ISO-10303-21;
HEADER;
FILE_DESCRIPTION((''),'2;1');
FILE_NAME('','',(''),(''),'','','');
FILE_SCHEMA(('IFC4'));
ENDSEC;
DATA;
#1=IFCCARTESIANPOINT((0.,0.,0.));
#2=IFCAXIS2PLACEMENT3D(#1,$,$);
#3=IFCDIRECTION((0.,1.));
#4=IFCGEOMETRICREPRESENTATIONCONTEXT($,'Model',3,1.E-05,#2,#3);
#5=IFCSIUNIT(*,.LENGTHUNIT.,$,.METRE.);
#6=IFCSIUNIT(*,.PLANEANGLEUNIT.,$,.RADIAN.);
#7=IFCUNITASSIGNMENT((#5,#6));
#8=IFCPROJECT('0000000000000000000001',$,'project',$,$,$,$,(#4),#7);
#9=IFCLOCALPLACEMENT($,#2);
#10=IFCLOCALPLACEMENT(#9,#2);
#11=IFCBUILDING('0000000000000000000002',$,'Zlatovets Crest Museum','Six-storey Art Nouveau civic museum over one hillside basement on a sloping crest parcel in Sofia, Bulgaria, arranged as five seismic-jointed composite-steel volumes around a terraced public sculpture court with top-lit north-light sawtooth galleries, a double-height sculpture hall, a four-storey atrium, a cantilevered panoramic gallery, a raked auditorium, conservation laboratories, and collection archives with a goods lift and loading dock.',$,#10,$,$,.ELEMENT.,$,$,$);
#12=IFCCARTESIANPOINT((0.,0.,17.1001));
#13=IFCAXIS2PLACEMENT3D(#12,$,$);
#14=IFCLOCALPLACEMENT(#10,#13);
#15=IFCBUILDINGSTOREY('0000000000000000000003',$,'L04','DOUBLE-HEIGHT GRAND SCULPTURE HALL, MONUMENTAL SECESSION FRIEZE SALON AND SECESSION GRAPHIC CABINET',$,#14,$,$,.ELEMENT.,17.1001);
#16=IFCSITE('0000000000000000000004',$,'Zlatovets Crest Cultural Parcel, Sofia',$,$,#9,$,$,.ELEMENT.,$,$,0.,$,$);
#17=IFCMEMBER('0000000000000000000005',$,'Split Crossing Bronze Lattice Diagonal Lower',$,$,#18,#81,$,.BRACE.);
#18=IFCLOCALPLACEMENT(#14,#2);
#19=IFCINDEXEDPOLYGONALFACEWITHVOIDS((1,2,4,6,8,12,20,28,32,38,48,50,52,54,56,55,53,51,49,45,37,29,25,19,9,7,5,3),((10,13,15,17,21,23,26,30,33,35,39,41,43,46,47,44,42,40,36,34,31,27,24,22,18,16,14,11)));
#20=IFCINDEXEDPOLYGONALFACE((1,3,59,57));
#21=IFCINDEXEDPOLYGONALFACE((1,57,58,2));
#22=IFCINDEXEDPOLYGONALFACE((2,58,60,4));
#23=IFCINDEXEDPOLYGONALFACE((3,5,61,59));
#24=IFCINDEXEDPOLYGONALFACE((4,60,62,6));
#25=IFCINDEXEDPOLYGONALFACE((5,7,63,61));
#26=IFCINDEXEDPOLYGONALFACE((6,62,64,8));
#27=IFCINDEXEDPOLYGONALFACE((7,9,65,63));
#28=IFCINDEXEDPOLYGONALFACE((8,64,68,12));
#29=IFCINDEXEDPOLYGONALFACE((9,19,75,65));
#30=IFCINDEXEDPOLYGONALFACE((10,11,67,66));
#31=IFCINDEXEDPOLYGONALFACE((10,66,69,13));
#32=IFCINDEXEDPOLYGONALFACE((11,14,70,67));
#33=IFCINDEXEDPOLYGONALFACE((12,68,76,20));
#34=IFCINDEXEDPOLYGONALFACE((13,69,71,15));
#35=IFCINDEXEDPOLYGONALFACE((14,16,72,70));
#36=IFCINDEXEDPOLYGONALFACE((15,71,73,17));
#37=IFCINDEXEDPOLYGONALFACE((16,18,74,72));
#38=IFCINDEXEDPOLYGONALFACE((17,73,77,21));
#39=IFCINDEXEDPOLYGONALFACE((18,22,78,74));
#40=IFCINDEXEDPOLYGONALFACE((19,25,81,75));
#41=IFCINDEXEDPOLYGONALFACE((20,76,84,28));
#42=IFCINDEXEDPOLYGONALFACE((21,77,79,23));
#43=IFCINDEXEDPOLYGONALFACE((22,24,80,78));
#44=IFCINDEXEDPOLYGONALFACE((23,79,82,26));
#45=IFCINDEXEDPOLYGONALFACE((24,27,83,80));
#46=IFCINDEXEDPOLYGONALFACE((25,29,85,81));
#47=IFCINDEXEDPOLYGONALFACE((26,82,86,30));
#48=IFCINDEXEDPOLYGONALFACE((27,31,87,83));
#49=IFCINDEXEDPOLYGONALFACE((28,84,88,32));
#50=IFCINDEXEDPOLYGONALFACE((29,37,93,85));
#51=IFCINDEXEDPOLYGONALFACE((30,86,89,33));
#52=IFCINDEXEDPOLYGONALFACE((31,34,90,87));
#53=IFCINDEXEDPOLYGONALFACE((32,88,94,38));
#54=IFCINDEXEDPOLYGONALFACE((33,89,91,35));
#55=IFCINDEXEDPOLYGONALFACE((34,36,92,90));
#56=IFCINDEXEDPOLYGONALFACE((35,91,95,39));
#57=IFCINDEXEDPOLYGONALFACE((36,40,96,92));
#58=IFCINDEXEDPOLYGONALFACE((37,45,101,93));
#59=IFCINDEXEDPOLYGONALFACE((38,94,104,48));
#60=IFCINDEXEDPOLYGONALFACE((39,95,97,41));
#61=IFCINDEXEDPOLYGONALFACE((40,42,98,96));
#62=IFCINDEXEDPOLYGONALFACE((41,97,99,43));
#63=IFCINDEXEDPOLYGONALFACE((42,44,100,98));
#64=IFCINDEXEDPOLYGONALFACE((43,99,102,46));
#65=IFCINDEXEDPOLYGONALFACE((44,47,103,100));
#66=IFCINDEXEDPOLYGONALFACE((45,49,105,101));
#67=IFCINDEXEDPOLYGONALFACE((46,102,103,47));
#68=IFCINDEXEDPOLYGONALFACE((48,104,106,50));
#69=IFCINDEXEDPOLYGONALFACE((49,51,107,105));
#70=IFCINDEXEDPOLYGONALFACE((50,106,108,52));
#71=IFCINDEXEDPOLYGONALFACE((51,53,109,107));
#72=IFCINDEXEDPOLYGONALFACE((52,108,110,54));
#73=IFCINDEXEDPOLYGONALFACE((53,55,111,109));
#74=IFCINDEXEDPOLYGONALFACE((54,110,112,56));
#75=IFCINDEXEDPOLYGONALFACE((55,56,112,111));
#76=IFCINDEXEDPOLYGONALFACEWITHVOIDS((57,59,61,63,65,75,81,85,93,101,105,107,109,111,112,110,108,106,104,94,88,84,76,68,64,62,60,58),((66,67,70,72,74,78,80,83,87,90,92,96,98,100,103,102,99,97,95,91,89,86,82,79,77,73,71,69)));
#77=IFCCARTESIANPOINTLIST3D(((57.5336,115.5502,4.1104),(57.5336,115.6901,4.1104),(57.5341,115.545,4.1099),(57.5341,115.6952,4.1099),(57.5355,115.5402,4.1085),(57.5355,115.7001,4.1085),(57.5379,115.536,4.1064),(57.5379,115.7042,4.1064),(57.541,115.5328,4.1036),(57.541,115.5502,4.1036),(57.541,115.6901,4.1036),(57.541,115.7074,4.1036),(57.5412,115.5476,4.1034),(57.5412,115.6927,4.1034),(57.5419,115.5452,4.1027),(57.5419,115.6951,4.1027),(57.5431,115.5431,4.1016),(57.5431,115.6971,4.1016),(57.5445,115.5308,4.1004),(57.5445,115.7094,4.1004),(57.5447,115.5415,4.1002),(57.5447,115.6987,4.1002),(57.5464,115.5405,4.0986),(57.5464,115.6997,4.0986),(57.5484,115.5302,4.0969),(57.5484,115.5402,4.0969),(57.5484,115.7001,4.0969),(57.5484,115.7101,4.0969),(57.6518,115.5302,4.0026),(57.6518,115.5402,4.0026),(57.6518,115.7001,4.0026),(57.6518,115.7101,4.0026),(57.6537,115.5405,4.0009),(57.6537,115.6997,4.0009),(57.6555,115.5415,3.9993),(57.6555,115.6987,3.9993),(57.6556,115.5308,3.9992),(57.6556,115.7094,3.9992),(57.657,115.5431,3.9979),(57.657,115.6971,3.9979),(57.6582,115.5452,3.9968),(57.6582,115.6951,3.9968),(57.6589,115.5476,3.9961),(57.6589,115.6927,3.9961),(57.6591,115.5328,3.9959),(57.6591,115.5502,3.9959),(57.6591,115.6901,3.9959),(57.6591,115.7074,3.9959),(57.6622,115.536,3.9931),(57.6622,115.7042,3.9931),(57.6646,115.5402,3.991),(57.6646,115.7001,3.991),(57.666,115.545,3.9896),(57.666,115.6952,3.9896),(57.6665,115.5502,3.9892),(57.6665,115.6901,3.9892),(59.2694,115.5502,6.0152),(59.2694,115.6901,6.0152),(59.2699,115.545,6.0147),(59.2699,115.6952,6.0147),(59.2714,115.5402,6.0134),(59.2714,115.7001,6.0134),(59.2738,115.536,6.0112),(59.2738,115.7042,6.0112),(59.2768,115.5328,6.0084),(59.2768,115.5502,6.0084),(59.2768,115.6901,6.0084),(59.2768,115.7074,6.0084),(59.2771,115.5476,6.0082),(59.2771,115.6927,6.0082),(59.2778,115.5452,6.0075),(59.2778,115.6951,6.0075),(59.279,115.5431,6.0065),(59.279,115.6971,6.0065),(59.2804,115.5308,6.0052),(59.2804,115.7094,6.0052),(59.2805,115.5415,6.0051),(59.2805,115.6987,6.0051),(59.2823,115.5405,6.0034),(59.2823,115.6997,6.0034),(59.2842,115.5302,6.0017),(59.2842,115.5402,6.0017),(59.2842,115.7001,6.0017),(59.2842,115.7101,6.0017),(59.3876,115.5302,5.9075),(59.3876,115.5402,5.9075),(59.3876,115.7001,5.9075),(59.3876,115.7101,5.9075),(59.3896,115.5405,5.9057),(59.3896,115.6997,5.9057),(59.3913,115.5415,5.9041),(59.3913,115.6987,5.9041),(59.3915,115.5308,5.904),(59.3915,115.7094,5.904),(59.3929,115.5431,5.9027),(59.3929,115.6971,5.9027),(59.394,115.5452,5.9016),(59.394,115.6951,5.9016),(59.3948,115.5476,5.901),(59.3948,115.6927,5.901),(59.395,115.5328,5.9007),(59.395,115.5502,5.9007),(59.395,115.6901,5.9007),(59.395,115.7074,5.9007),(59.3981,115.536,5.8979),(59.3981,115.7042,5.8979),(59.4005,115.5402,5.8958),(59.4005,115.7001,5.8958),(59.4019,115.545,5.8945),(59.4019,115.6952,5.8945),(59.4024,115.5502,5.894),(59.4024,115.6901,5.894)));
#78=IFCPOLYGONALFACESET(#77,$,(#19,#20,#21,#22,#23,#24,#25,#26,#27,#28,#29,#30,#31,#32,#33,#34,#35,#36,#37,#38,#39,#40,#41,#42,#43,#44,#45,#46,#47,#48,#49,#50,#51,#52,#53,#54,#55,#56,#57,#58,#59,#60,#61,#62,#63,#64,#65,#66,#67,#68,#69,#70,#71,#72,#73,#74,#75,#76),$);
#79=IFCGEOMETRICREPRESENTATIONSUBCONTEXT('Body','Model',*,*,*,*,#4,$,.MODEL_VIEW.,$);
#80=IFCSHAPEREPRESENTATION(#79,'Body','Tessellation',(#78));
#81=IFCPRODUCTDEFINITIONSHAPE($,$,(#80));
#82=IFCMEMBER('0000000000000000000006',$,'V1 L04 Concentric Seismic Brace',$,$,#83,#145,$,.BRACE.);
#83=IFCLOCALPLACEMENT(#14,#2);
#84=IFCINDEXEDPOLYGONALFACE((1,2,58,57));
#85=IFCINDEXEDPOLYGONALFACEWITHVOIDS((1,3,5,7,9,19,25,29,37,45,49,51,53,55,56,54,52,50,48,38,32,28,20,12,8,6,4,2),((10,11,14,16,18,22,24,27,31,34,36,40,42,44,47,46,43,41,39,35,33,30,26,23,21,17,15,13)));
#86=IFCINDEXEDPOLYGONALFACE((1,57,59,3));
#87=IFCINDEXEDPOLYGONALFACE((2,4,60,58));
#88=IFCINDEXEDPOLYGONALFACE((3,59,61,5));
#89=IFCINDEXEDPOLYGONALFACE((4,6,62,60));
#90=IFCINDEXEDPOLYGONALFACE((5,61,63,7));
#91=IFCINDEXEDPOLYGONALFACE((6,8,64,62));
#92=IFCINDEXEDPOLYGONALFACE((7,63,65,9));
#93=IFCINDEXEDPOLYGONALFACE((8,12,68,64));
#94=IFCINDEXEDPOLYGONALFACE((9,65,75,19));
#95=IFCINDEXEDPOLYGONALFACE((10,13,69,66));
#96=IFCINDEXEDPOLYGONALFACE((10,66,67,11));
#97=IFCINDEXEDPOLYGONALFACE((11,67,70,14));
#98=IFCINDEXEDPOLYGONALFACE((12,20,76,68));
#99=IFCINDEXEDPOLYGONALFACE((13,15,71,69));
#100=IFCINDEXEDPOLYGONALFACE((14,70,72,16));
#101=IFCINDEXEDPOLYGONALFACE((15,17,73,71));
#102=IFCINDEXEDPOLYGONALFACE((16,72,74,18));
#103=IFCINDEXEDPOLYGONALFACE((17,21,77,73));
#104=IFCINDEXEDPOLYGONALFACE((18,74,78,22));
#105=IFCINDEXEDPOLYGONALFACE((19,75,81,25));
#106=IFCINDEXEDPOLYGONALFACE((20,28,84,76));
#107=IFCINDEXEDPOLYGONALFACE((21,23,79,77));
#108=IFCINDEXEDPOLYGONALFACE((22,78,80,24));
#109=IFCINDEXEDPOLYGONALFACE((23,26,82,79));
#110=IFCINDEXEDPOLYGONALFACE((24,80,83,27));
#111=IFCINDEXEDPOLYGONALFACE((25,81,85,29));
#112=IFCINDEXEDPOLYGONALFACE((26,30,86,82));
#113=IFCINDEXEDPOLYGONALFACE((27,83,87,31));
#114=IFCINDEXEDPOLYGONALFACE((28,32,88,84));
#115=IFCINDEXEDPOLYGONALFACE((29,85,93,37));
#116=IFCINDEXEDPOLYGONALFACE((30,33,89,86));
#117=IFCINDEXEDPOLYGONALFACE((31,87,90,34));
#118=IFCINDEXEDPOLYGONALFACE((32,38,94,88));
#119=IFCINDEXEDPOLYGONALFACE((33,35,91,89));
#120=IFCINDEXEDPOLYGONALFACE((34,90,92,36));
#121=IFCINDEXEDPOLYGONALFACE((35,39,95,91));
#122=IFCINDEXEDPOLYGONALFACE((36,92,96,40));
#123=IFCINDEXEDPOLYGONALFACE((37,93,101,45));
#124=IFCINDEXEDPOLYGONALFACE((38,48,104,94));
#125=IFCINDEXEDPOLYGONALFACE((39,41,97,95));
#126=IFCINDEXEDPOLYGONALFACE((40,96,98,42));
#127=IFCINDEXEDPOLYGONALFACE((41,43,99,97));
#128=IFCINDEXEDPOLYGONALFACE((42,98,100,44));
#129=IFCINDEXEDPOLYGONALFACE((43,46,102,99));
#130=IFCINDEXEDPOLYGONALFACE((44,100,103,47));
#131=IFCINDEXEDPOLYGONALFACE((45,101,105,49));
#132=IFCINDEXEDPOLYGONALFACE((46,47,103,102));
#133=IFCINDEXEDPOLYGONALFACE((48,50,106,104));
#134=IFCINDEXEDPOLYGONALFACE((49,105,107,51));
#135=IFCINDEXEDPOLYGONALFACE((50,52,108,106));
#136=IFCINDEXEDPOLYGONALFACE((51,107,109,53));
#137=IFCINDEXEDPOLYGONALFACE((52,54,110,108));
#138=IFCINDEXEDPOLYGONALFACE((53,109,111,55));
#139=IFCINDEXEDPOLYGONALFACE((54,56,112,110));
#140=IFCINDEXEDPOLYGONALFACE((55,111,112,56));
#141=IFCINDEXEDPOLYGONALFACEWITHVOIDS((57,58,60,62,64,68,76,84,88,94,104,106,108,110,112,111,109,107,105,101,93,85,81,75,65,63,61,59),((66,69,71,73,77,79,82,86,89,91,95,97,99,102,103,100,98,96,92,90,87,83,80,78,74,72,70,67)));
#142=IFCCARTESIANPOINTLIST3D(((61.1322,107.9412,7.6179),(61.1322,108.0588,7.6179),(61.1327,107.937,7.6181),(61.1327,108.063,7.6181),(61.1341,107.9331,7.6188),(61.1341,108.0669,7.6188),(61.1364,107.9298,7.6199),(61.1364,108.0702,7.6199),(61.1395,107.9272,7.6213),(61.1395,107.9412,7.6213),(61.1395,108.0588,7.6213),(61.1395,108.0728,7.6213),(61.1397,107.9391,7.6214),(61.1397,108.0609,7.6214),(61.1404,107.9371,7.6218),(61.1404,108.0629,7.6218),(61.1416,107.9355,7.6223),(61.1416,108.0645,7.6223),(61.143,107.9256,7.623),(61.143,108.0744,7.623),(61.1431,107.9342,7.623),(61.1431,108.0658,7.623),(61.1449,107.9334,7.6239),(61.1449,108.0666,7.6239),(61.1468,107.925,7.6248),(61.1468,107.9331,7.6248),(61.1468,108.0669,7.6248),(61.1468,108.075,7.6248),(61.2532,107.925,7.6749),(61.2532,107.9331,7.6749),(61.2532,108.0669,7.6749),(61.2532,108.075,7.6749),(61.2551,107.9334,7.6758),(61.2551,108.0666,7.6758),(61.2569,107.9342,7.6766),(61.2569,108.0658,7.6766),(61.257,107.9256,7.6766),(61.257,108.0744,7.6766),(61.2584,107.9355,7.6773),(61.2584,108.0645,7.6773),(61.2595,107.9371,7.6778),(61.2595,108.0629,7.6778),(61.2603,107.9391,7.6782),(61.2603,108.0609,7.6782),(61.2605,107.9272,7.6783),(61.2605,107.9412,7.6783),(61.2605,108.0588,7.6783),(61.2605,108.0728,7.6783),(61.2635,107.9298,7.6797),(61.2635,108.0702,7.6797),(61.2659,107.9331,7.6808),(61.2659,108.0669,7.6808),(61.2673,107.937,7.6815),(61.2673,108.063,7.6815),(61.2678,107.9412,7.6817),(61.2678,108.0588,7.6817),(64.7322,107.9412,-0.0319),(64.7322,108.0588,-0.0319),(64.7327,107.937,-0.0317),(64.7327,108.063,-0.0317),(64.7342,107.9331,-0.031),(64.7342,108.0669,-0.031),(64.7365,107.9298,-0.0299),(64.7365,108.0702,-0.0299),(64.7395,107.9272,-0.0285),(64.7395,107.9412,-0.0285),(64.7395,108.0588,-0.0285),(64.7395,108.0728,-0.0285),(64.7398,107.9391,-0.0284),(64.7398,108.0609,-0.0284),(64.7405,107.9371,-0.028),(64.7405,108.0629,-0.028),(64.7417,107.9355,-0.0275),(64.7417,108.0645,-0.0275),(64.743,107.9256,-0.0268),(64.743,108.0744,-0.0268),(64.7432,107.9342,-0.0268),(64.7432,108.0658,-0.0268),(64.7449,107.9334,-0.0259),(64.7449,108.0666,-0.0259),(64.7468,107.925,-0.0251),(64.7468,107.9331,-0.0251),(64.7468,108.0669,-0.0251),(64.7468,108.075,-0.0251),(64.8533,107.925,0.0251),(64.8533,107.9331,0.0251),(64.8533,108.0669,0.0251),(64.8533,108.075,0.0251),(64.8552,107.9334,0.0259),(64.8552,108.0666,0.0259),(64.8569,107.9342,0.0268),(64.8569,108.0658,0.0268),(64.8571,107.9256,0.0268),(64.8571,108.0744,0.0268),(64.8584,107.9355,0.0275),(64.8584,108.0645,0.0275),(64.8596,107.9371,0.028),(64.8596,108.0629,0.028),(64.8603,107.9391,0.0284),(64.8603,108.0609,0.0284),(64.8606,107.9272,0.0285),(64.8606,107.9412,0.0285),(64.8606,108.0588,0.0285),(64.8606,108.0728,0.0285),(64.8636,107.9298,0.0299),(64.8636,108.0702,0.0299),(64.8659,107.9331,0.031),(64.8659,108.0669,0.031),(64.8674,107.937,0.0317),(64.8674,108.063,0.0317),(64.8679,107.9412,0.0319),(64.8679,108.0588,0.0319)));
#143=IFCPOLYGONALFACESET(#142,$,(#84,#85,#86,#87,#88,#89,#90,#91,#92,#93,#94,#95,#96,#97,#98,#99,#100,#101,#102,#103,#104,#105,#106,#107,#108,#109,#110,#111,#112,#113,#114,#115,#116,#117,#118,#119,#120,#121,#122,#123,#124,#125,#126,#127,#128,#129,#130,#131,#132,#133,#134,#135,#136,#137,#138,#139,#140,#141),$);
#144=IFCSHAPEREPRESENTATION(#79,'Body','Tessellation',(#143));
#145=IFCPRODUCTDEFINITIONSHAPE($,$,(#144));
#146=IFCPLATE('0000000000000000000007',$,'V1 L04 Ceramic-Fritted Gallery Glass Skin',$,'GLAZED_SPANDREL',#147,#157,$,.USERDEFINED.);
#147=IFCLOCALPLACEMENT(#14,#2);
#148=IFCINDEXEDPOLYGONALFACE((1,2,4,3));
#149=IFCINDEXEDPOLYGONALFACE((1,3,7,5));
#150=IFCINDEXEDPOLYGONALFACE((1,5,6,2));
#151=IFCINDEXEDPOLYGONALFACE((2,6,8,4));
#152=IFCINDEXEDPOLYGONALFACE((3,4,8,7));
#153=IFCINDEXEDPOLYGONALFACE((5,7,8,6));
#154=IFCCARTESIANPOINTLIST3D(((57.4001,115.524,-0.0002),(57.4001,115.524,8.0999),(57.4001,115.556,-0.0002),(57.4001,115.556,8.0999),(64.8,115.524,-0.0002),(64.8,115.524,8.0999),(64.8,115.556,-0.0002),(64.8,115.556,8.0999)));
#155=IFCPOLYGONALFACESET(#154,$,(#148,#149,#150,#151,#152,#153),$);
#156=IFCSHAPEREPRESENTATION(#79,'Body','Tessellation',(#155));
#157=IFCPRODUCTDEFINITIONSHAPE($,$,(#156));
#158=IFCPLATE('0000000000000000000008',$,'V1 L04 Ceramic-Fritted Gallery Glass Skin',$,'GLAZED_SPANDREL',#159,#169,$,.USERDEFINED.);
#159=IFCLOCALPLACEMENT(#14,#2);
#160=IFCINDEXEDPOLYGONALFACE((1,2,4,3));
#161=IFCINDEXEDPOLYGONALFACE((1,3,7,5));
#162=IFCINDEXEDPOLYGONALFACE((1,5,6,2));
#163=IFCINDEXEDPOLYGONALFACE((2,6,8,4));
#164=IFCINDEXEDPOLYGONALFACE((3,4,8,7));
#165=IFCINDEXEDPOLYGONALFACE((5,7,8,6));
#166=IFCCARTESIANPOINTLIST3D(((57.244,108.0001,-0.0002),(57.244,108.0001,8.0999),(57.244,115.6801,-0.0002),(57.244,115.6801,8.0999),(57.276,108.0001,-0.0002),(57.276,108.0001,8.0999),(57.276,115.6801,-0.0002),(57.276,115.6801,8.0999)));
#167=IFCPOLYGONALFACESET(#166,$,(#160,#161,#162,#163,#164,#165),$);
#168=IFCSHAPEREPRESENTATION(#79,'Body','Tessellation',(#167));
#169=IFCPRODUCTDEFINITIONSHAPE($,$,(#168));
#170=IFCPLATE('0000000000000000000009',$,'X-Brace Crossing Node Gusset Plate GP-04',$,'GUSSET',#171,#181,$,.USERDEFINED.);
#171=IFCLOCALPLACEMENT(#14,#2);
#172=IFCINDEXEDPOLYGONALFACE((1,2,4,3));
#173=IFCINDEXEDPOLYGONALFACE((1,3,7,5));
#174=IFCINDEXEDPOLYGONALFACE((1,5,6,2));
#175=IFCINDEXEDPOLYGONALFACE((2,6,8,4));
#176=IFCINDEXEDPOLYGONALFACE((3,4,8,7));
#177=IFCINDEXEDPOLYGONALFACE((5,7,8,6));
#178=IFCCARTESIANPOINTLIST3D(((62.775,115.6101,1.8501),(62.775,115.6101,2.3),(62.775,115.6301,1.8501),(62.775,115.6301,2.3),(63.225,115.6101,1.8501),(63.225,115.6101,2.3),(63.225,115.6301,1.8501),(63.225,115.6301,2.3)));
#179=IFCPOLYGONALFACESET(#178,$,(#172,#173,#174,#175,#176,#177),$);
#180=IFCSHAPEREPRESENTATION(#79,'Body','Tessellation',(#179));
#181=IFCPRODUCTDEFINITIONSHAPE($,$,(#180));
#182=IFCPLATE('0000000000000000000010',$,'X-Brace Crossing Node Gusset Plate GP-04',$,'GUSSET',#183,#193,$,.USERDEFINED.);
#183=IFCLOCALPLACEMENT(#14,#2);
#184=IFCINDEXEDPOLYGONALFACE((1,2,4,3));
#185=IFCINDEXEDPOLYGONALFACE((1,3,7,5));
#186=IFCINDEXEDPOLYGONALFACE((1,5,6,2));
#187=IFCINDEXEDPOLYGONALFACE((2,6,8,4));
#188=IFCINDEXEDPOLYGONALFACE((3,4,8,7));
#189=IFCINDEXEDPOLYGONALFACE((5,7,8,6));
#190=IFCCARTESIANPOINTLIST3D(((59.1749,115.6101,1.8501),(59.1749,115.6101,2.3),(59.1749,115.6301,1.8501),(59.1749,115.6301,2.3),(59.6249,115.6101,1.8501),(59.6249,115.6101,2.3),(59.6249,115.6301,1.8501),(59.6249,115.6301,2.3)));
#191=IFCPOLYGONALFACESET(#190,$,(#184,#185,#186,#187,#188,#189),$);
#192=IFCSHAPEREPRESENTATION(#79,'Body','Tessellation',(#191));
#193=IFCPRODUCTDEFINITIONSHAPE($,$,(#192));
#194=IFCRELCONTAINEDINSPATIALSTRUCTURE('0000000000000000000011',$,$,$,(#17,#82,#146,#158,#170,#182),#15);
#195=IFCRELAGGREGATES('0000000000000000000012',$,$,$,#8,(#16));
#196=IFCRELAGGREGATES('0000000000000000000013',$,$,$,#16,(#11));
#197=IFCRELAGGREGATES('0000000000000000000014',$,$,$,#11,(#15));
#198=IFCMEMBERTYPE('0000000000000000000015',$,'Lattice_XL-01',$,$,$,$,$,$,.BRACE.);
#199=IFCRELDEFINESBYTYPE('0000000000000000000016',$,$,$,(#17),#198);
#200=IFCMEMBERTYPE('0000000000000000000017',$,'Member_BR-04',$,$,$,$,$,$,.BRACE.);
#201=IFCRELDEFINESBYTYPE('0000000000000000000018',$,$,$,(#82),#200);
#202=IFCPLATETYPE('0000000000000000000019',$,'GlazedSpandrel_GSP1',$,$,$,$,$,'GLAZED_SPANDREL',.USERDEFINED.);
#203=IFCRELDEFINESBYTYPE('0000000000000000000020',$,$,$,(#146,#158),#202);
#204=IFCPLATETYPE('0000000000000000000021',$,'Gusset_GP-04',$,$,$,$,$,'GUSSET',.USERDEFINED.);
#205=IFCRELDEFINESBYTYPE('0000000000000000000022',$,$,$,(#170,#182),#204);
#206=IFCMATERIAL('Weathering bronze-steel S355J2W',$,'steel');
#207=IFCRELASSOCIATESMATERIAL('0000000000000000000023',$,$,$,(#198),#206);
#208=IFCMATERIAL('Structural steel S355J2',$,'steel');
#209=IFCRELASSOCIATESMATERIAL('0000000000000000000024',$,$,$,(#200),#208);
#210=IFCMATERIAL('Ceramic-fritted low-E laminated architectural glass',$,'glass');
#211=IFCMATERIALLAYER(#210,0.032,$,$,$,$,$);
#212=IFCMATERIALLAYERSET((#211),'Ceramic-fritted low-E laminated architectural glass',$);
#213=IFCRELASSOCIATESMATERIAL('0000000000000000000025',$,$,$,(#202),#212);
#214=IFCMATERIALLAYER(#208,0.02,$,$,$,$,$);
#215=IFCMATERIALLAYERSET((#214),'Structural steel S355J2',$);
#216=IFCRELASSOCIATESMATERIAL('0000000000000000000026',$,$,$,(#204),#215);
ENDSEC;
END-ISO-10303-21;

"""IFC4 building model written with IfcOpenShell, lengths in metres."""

from ifc_helpers import new_model, si_unit, direction, frame, origin, origin_2d, place, context, subcontext, project, spatial, rectangle, hollow_rectangle, extrude, material, layer, layer_set, material_profile, profile_set, type_object, element, save


model = new_model("IFC4")

# Units and contexts
model_context = context("Model", 3, precision=1e-05, world=origin(), true_north=direction((0.0, 1.0)))
body_context = subcontext(model_context, "Body", "Model", "MODEL_VIEW")
ifc_project = project(units=[si_unit("LENGTHUNIT", "METRE"), si_unit("PLANEANGLEUNIT", "RADIAN")], contexts=[model_context])

# Site, building, storey
site_placement = place(None, origin())
site = spatial("IfcSite", under=ifc_project, at=site_placement, Name="Zlatovets Crest Cultural Parcel, Sofia", CompositionType="ELEMENT", RefElevation=0.0)
building_placement = place(site_placement, origin())
building = spatial("IfcBuilding", under=site, at=building_placement, Name="Zlatovets Crest Museum", Description="Six-storey Art Nouveau civic museum over one hillside basement on a sloping crest parcel in Sofia, Bulgaria, arranged as five seismic-jointed composite-steel volumes around a terraced public sculpture court with top-lit north-light sawtooth galleries, a double-height sculpture hall, a four-storey atrium, a cantilevered panoramic gallery, a raked auditorium, conservation laboratories, and collection archives with a goods lift and loading dock.", CompositionType="ELEMENT")
storey_placement = place(building_placement, frame((0.0, 0.0, 17.1001)))
storey = spatial("IfcBuildingStorey", under=building, at=storey_placement, Name="L04", Description="DOUBLE-HEIGHT GRAND SCULPTURE HALL, MONUMENTAL SECESSION FRIEZE SALON AND SECESSION GRAPHIC CABINET", CompositionType="ELEMENT", Elevation=17.1001)

# Shared definitions
ifc_material_1 = material(Name="Structural steel S355J2", Category="steel")

# Members
ifc_material_2 = material(Name="Weathering bronze-steel S355J2W", Category="steel")
ifc_material_profile_1 = material_profile(ifc_material_2, hollow_rectangle(XDim=0.1799, YDim=0.1799, WallThickness=0.01, InnerFilletRadius=0.01, OuterFilletRadius=0.02, at=origin_2d()), Name="SHS 180x180x10.0")
ifc_profile_set_1 = profile_set([ifc_material_profile_1], Name="Weathering bronze-steel S355J2W")
member_type_1 = type_object("IfcMemberType", Name="Lattice_XL-01", PredefinedType="BRACE", material=ifc_profile_set_1)
for number, where, z_axis, x_axis, name in (
    (1, (59.3359, 115.6201, 5.9546), (-0.673568, 0.0, -0.739125), (0.0, -1.0, 0.0), "Split Crossing Bronze Lattice Diagonal Lower"),
):
    element("IfcMember", number, at=place(storey_placement, frame(where, z_axis=z_axis, x_axis=x_axis)), inside=storey, type_object=member_type_1, Name=name, PredefinedType="BRACE", context=body_context, shape_type="SweptSolid", body=[
        extrude(hollow_rectangle(XDim=0.1799, YDim=0.1799, WallThickness=0.01, InnerFilletRadius=0.01, OuterFilletRadius=0.02, at=origin_2d()), origin(), (0.0, 0.0, 1.0), 2.5771),
    ])
ifc_material_profile_2 = material_profile(ifc_material_1, hollow_rectangle(XDim=0.1499, YDim=0.1499, WallThickness=0.0081, InnerFilletRadius=0.0081, OuterFilletRadius=0.0161, at=origin_2d()), Name="SHS 150x150x8.0")
ifc_profile_set_2 = profile_set([ifc_material_profile_2], Name="Structural steel S355J2")
member_type_2 = type_object("IfcMemberType", Name="Member_BR-04", PredefinedType="BRACE", material=ifc_profile_set_2)
member_1_placement = place(storey_placement, frame((64.8, 108.0, 0.0), z_axis=(-0.425811, 0.0, 0.904812), x_axis=(0.0, -1.0, 0.0)))
element("IfcMember", 2, at=member_1_placement, inside=storey, type_object=member_type_2, Name="V1 L04 Concentric Seismic Brace", PredefinedType="BRACE", context=body_context, shape_type="SweptSolid", body=[
    extrude(hollow_rectangle(XDim=0.1499, YDim=0.1499, WallThickness=0.0081, InnerFilletRadius=0.0081, OuterFilletRadius=0.0161, at=origin_2d()), origin(), (0.0, 0.0, 1.0), 8.4546),
])

# Plates
ifc_material_3 = material(Name="Ceramic-fritted low-E laminated architectural glass", Category="glass")
ifc_layer_1 = layer(ifc_material_3, 0.032)
ifc_layer_set_1 = layer_set([ifc_layer_1], Name="Ceramic-fritted low-E laminated architectural glass")
plate_type_1 = type_object("IfcPlateType", Name="GlazedSpandrel_GSP1", ElementType="GLAZED_SPANDREL", PredefinedType="USERDEFINED", material=ifc_layer_set_1)
plate_1_placement = place(storey_placement, frame((61.1001, 115.54, -0.0002), z_axis=(0.0, 0.0, 1.0), x_axis=(1.0, 0.0, 0.0)))
element("IfcPlate", 3, at=plate_1_placement, inside=storey, type_object=plate_type_1, Name="V1 L04 Ceramic-Fritted Gallery Glass Skin", ObjectType="GLAZED_SPANDREL", PredefinedType="USERDEFINED", context=body_context, shape_type="SweptSolid", body=[
    extrude(rectangle(XDim=7.3999, YDim=0.032, at=origin_2d()), origin(), (0.0, 0.0, 1.0), 8.1001),
])
plate_2_placement = place(storey_placement, frame((57.26, 111.8401, -0.0002), z_axis=(0.0, 0.0, 1.0), x_axis=(0.0, 1.0, 0.0)))
element("IfcPlate", 4, at=plate_2_placement, inside=storey, type_object=plate_type_1, Name="V1 L04 Ceramic-Fritted Gallery Glass Skin", ObjectType="GLAZED_SPANDREL", PredefinedType="USERDEFINED", context=body_context, shape_type="SweptSolid", body=[
    extrude(rectangle(XDim=7.6799, YDim=0.032, at=origin_2d()), origin(), (0.0, 0.0, 1.0), 8.1001),
])
ifc_layer_2 = layer(ifc_material_1, 0.02)
ifc_layer_set_2 = layer_set([ifc_layer_2], Name="Structural steel S355J2")
plate_type_2 = type_object("IfcPlateType", Name="Gusset_GP-04", ElementType="GUSSET", PredefinedType="USERDEFINED", material=ifc_layer_set_2)
for number, where, z_axis, x_axis, name in (
    (5, (63.0, 115.6201, 1.8501), (0.0, 0.0, 1.0), (1.0, 0.0, 0.0), "X-Brace Crossing Node Gusset Plate GP-04"),
    (6, (59.3999, 115.6201, 1.8501), (0.0, 0.0, 1.0), (1.0, 0.0, 0.0), "X-Brace Crossing Node Gusset Plate GP-04"),
):
    element("IfcPlate", number, at=place(storey_placement, frame(where, z_axis=z_axis, x_axis=x_axis)), inside=storey, type_object=plate_type_2, Name=name, ObjectType="GUSSET", PredefinedType="USERDEFINED", context=body_context, shape_type="SweptSolid", body=[
        extrude(rectangle(XDim=0.45, YDim=0.02, at=origin_2d()), origin(), (0.0, 0.0, 1.0), 0.45),
    ])

save(model, "model.ifc")
